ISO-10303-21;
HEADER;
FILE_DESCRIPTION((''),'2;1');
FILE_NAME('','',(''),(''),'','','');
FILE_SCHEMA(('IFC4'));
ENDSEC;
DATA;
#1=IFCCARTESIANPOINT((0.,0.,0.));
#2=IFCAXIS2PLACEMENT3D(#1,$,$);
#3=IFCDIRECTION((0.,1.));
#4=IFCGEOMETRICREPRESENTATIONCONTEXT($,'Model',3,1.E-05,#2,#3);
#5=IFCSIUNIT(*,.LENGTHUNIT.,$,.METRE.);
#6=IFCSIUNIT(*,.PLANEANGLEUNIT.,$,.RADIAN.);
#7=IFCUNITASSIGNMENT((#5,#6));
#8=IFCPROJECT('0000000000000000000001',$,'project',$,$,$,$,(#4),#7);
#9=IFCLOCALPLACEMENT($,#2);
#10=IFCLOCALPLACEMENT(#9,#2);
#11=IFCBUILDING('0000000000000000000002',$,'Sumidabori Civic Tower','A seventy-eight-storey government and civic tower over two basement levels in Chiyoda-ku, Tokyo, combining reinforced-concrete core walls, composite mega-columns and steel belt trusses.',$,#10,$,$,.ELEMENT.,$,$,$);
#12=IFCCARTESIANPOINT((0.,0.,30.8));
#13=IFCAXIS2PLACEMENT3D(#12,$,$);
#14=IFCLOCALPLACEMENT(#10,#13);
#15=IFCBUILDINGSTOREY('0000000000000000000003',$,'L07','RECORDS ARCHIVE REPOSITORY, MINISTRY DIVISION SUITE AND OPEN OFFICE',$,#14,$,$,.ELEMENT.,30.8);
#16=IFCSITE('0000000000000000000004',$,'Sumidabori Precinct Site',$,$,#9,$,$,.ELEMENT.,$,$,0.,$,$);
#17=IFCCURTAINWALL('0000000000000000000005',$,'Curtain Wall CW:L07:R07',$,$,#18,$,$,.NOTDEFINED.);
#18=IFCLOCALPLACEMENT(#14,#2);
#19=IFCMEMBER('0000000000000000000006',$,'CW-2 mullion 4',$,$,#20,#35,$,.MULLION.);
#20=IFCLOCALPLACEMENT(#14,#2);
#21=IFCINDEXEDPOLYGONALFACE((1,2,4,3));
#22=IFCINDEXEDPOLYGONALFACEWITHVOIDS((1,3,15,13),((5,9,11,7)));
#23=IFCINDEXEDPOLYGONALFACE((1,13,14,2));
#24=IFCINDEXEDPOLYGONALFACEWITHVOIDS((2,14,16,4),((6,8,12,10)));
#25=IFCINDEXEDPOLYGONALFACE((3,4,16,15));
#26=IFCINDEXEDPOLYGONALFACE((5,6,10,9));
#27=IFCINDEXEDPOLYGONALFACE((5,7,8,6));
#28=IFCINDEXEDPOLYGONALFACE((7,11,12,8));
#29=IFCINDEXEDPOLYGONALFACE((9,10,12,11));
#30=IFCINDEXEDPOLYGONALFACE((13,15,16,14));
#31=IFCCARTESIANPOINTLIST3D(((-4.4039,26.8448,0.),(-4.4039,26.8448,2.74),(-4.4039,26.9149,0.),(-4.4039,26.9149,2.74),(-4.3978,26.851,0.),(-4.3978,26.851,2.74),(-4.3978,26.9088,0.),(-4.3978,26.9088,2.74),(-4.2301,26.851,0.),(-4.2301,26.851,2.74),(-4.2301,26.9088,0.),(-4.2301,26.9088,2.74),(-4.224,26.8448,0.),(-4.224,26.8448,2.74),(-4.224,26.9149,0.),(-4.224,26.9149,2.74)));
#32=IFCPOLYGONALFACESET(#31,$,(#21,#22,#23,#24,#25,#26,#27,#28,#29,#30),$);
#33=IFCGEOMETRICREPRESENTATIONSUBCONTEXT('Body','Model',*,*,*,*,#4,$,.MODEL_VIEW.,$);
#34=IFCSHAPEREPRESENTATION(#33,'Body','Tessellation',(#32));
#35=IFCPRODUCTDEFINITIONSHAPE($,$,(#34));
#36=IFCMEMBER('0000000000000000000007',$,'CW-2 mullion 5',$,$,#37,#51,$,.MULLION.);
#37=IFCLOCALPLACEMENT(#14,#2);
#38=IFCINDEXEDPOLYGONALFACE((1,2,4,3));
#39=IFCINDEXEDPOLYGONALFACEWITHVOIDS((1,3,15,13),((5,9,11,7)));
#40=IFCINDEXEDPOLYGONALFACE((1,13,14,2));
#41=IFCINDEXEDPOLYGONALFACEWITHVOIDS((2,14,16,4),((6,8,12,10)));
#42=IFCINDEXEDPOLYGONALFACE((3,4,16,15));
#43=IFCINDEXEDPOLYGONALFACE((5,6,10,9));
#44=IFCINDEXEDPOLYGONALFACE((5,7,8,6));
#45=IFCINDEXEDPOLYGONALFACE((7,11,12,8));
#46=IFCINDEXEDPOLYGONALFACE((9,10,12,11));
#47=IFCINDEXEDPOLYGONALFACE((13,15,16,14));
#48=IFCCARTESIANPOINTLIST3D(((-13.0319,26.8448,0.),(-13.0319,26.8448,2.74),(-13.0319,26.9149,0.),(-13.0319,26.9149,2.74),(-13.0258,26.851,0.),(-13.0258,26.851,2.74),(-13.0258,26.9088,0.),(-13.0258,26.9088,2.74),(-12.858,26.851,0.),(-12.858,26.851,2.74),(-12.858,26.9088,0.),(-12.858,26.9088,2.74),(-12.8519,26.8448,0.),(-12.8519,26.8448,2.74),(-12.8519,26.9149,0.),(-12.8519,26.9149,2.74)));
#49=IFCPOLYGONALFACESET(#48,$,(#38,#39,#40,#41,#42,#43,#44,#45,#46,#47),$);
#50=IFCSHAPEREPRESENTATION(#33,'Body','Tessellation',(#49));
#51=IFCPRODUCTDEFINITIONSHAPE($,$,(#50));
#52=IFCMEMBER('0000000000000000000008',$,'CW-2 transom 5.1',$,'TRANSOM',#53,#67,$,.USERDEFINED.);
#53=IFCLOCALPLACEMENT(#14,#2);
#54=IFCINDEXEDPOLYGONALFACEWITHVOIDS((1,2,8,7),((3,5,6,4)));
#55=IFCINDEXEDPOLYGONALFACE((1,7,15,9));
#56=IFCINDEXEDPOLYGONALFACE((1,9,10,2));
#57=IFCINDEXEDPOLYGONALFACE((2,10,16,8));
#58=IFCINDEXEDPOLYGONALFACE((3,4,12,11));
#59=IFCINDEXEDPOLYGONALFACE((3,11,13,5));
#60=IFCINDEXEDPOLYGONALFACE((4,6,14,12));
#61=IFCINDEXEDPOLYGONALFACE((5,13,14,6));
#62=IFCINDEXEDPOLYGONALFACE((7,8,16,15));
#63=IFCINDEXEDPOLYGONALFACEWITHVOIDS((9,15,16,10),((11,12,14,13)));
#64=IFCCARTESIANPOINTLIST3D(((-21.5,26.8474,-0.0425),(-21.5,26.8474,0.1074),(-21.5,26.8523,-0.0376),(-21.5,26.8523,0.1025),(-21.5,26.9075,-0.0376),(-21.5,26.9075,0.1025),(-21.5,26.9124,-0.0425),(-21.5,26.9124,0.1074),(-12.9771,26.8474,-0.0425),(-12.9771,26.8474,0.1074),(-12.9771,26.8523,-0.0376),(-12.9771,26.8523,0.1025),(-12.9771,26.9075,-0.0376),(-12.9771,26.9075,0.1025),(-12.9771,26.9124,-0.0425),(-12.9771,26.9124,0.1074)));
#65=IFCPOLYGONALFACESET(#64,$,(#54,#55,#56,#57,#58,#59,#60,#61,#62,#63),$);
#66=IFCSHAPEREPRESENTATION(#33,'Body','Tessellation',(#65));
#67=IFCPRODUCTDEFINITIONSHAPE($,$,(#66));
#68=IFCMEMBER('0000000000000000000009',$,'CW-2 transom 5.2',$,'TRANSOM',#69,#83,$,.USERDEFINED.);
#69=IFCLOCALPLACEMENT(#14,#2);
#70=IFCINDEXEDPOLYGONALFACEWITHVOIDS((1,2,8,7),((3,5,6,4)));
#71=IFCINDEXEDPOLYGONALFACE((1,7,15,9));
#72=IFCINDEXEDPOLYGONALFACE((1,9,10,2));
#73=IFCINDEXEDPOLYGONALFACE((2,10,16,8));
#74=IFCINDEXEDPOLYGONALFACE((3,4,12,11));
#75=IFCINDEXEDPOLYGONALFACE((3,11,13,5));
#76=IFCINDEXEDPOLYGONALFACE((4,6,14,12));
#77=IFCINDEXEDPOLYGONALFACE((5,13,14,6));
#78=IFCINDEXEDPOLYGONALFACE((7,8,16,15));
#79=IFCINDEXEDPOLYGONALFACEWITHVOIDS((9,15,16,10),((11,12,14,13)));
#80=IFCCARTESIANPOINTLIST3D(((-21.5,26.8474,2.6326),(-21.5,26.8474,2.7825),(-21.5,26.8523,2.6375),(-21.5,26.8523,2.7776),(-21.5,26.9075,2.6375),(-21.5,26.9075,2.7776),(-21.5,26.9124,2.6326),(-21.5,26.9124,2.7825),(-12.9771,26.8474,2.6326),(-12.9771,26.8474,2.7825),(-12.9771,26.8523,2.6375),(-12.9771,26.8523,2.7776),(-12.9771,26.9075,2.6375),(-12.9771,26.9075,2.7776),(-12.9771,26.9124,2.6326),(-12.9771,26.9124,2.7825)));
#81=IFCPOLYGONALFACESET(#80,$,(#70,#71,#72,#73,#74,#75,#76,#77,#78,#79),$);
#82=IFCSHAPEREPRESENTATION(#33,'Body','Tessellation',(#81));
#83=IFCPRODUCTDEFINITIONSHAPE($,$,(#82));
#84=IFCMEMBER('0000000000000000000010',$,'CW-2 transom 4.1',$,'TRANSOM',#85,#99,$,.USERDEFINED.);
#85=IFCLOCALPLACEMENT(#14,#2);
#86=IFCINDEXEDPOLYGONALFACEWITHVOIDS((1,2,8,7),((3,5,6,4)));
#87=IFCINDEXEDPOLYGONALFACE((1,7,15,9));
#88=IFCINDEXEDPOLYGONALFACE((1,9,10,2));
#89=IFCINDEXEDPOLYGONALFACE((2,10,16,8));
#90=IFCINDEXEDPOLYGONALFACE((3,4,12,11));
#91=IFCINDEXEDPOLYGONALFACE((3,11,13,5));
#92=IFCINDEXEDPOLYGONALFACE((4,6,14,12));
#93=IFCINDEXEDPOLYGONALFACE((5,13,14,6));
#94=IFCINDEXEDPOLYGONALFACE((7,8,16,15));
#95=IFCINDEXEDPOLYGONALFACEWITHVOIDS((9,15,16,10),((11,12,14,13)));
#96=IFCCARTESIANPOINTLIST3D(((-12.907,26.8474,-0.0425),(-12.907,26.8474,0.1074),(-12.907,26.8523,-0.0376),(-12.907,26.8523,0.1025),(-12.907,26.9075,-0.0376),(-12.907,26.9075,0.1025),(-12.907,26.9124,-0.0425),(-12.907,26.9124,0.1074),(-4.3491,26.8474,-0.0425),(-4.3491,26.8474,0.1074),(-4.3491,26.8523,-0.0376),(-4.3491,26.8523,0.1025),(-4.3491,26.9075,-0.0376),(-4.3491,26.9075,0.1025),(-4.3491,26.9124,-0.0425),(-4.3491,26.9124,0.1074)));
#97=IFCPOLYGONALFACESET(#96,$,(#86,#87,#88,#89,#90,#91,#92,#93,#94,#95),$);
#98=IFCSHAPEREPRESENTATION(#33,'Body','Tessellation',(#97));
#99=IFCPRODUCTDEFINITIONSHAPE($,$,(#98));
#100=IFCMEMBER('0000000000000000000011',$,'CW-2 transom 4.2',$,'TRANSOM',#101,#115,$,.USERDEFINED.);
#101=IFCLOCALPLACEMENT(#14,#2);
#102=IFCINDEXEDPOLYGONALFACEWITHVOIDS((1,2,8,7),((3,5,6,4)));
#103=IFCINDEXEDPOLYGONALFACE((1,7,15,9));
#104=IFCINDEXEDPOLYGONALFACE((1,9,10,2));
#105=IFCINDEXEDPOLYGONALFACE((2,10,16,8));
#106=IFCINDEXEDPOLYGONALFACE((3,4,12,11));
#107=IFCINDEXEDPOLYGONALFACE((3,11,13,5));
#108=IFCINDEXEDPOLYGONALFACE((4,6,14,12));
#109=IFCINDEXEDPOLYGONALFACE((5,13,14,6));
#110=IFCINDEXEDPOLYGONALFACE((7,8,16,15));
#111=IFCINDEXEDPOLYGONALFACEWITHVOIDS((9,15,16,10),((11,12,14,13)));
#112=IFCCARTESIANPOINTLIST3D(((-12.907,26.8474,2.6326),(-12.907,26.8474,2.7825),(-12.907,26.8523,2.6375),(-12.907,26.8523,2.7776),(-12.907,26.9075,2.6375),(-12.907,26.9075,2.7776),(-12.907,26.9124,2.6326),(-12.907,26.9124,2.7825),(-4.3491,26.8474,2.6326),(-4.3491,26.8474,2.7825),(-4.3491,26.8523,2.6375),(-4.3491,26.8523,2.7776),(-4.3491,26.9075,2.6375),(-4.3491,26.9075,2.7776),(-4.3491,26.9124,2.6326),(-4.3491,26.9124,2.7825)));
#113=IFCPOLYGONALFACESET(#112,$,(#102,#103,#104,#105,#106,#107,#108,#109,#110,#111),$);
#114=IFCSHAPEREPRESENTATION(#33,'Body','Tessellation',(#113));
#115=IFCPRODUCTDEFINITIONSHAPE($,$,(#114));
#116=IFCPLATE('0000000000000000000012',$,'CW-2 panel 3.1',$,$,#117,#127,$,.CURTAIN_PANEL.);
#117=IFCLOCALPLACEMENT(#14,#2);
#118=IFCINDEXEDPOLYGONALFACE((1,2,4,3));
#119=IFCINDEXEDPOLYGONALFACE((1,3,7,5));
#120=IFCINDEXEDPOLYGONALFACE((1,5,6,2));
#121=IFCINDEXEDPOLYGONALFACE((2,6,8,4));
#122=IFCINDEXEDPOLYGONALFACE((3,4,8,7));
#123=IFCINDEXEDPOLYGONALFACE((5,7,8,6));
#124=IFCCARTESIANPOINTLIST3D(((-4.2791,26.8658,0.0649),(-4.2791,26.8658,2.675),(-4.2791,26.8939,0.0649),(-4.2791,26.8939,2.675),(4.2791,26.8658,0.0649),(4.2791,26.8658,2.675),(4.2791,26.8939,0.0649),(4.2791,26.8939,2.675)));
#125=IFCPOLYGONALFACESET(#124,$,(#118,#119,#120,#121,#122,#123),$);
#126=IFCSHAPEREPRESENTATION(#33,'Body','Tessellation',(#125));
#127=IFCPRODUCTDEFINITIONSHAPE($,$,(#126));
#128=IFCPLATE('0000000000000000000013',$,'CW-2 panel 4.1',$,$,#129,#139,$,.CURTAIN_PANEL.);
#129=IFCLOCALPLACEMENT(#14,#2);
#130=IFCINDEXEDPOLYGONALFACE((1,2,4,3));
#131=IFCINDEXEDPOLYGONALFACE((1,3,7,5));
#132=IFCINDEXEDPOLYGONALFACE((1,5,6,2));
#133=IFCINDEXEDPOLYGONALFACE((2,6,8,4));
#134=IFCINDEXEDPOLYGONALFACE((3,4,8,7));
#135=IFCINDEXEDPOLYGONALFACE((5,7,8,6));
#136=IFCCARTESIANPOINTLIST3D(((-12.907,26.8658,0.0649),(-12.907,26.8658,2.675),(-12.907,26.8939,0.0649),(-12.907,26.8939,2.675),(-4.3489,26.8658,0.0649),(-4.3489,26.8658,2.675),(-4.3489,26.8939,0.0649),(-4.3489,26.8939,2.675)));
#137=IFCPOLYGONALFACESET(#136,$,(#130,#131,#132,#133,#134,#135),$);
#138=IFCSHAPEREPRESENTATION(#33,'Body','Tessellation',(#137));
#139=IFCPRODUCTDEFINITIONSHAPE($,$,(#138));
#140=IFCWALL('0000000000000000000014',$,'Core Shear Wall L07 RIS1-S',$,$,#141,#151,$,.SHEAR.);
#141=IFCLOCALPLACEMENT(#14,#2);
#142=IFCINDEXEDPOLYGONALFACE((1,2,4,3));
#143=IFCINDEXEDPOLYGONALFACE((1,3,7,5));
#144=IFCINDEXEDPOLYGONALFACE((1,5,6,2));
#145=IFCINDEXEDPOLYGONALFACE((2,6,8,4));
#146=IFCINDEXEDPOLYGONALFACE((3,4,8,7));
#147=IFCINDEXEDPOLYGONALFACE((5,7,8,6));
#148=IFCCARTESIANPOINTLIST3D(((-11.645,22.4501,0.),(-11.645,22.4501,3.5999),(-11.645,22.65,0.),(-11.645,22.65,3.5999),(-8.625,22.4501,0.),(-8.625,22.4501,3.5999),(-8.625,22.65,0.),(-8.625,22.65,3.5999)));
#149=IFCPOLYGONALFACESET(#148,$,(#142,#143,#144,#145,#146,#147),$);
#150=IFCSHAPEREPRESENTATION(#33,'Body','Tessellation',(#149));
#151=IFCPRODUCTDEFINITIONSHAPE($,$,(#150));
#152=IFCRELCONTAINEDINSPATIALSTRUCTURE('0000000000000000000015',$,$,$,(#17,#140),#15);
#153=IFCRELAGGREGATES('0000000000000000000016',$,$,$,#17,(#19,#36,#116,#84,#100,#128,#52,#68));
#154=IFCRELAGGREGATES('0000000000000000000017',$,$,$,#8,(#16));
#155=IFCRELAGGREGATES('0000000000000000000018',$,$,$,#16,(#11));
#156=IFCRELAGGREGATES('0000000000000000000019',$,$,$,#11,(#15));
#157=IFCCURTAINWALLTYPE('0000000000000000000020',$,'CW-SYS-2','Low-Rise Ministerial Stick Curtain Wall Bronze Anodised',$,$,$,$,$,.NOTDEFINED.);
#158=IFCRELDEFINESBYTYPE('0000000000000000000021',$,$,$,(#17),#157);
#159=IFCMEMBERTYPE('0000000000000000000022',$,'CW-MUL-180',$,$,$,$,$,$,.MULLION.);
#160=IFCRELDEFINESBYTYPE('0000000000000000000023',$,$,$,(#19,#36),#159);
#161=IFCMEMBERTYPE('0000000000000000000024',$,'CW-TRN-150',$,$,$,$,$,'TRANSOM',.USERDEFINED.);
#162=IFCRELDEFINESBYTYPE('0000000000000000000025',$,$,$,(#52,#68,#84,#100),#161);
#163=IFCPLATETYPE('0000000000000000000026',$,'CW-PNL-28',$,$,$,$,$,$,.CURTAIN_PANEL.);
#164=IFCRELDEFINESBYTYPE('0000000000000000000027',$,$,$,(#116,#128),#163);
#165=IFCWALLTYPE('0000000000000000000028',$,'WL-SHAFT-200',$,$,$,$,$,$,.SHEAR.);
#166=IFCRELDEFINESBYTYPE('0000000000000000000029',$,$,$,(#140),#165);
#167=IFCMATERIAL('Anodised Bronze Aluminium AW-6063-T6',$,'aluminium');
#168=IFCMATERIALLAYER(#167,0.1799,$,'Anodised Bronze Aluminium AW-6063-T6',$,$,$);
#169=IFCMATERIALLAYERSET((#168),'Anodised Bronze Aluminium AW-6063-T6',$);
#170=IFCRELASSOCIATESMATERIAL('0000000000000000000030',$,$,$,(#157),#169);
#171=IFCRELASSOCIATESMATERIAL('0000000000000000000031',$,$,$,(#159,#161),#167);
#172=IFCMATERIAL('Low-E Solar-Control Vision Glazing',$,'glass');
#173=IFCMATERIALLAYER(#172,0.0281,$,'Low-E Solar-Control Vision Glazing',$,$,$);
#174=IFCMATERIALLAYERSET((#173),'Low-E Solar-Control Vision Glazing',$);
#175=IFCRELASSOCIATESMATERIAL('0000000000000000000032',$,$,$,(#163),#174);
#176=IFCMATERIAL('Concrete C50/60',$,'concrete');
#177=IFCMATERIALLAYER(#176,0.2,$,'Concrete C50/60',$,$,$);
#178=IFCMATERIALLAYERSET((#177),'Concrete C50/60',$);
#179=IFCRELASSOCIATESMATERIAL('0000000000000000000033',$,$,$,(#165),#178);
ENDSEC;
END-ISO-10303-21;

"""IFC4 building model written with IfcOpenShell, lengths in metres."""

from ifc_helpers import new_model, si_unit, direction, frame, frame_2d, origin, origin_2d, place, context, subcontext, project, spatial, rectangle, hollow_rectangle, extrude, source, transform, mapped, material, layer, layer_set, material_profile, profile_set, type_object, element, aggregate, save


model = new_model("IFC4")

# Units and contexts
model_context = context("Model", 3, precision=1e-05, world=origin(), true_north=direction((0.0, 1.0)))
body_context = subcontext(model_context, "Body", "Model", "MODEL_VIEW")
ifc_project = project(units=[si_unit("LENGTHUNIT", "METRE"), si_unit("PLANEANGLEUNIT", "RADIAN")], contexts=[model_context])

# Site, building, storey
site_placement = place(None, origin())
site = spatial("IfcSite", under=ifc_project, at=site_placement, Name="Sumidabori Precinct Site", CompositionType="ELEMENT", RefElevation=0.0)
building_placement = place(site_placement, origin())
building = spatial("IfcBuilding", under=site, at=building_placement, Name="Sumidabori Civic Tower", Description="A seventy-eight-storey government and civic tower over two basement levels in Chiyoda-ku, Tokyo, combining reinforced-concrete core walls, composite mega-columns and steel belt trusses.", CompositionType="ELEMENT")
storey_placement = place(building_placement, frame((0.0, 0.0, 30.8)))
storey = spatial("IfcBuildingStorey", under=building, at=storey_placement, Name="L07", Description="RECORDS ARCHIVE REPOSITORY, MINISTRY DIVISION SUITE AND OPEN OFFICE", CompositionType="ELEMENT", Elevation=30.8)

# Curtain wall, members, plates
ifc_material_1 = material(Name="Anodised Bronze Aluminium AW-6063-T6", Category="aluminium")
ifc_layer_1 = layer(ifc_material_1, 0.1799, Name="Anodised Bronze Aluminium AW-6063-T6")
ifc_layer_set_1 = layer_set([ifc_layer_1], Name="Anodised Bronze Aluminium AW-6063-T6")
curtain_wall_type = type_object("IfcCurtainWallType", Name="CW-SYS-2", Description="Low-Rise Ministerial Stick Curtain Wall Bronze Anodised", PredefinedType="NOTDEFINED", material=ifc_layer_set_1)
curtain_wall_placement = place(storey_placement, origin())
curtain_wall = element("IfcCurtainWall", 1, at=curtain_wall_placement, inside=storey, type_object=curtain_wall_type, Name="Curtain Wall CW:L07:R07", PredefinedType="NOTDEFINED")
ifc_material_profile_1 = material_profile(ifc_material_1, hollow_rectangle(XDim=0.0701, YDim=0.1799, WallThickness=0.0061, at=origin_2d()), Name="ALU MULLION 180x70")
ifc_profile_set_1 = profile_set([ifc_material_profile_1], Name="Anodised Bronze Aluminium AW-6063-T6")
member_type_1 = type_object("IfcMemberType", Name="CW-MUL-180", PredefinedType="MULLION", material=ifc_profile_set_1)
shared_shape_1 = source(origin(), body_context, "Body", "SweptSolid", [
    extrude(hollow_rectangle(XDim=0.0701, YDim=0.1799, WallThickness=0.0061, at=origin_2d()), origin(), (0.0, 0.0, 1.0), 2.74),
])
member_1_placement = place(storey_placement, frame((-4.314, 26.8799, 0.0), z_axis=(0.0, 0.0, 1.0), x_axis=(0.0, -1.0, 0.0)))
member_1 = element("IfcMember", 2, at=member_1_placement, type_object=member_type_1, Name="CW-2 mullion 4", PredefinedType="MULLION", context=body_context, shape_type="MappedRepresentation", body=[
    mapped(shared_shape_1, transform((0.0, 0.0, 0.0), x_axis=(1.0, 0.0, 0.0), y_axis=(0.0, 1.0, 0.0), z_axis=(0.0, 0.0, 1.0), scale=1.0)),
])
member_2_placement = place(storey_placement, frame((-12.9419, 26.8799, 0.0), z_axis=(0.0, 0.0, 1.0), x_axis=(0.0, -1.0, 0.0)))
member_2 = element("IfcMember", 3, at=member_2_placement, type_object=member_type_1, Name="CW-2 mullion 5", PredefinedType="MULLION", context=body_context, shape_type="MappedRepresentation", body=[
    mapped(shared_shape_1, transform((0.0, 0.0, 0.0), x_axis=(1.0, 0.0, 0.0), y_axis=(0.0, 1.0, 0.0), z_axis=(0.0, 0.0, 1.0), scale=1.0)),
])
ifc_material_profile_2 = material_profile(ifc_material_1, hollow_rectangle(XDim=0.0649, YDim=0.1499, WallThickness=0.0049, at=origin_2d()), Name="ALU TRANSOM 150x65")
ifc_profile_set_2 = profile_set([ifc_material_profile_2], Name="Anodised Bronze Aluminium AW-6063-T6")
member_type_2 = type_object("IfcMemberType", Name="CW-TRN-150", ElementType="TRANSOM", PredefinedType="USERDEFINED", material=ifc_profile_set_2)
shared_shape_2 = source(origin(), body_context, "Body", "SweptSolid", [
    extrude(hollow_rectangle(XDim=0.0649, YDim=0.1499, WallThickness=0.0049, at=origin_2d()), origin(), (0.0, 0.0, 1.0), 8.5229),
])
member_3_placement = place(storey_placement, frame((-12.9771, 26.8799, 0.0325), z_axis=(-1.0, 0.0, 0.0), x_axis=(0.0, -1.0, 0.0)))
member_3 = element("IfcMember", 4, at=member_3_placement, type_object=member_type_2, Name="CW-2 transom 5.1", ObjectType="TRANSOM", PredefinedType="USERDEFINED", context=body_context, shape_type="MappedRepresentation", body=[
    mapped(shared_shape_2, transform((0.0, 0.0, 0.0), x_axis=(1.0, 0.0, 0.0), y_axis=(0.0, 1.0, 0.0), z_axis=(0.0, 0.0, 1.0), scale=1.0)),
])
member_4_placement = place(storey_placement, frame((-12.9771, 26.8799, 2.7075), z_axis=(-1.0, 0.0, 0.0), x_axis=(0.0, -1.0, 0.0)))
member_4 = element("IfcMember", 5, at=member_4_placement, type_object=member_type_2, Name="CW-2 transom 5.2", ObjectType="TRANSOM", PredefinedType="USERDEFINED", context=body_context, shape_type="MappedRepresentation", body=[
    mapped(shared_shape_2, transform((0.0, 0.0, 0.0), x_axis=(1.0, 0.0, 0.0), y_axis=(0.0, 1.0, 0.0), z_axis=(0.0, 0.0, 1.0), scale=1.0)),
])
shared_shape_3 = source(origin(), body_context, "Body", "SweptSolid", [
    extrude(hollow_rectangle(XDim=0.0649, YDim=0.1499, WallThickness=0.0049, at=origin_2d()), origin(), (0.0, 0.0, 1.0), 8.5579),
])
member_5_placement = place(storey_placement, frame((-4.3491, 26.8799, 0.0325), z_axis=(-1.0, 0.0, 0.0), x_axis=(0.0, -1.0, 0.0)))
member_5 = element("IfcMember", 6, at=member_5_placement, type_object=member_type_2, Name="CW-2 transom 4.1", ObjectType="TRANSOM", PredefinedType="USERDEFINED", context=body_context, shape_type="MappedRepresentation", body=[
    mapped(shared_shape_3, transform((0.0, 0.0, 0.0), x_axis=(1.0, 0.0, 0.0), y_axis=(0.0, 1.0, 0.0), z_axis=(0.0, 0.0, 1.0), scale=1.0)),
])
member_6_placement = place(storey_placement, frame((-4.3491, 26.8799, 2.7075), z_axis=(-1.0, 0.0, 0.0), x_axis=(0.0, -1.0, 0.0)))
member_6 = element("IfcMember", 7, at=member_6_placement, type_object=member_type_2, Name="CW-2 transom 4.2", ObjectType="TRANSOM", PredefinedType="USERDEFINED", context=body_context, shape_type="MappedRepresentation", body=[
    mapped(shared_shape_3, transform((0.0, 0.0, 0.0), x_axis=(1.0, 0.0, 0.0), y_axis=(0.0, 1.0, 0.0), z_axis=(0.0, 0.0, 1.0), scale=1.0)),
])
ifc_material_2 = material(Name="Low-E Solar-Control Vision Glazing", Category="glass")
ifc_layer_2 = layer(ifc_material_2, 0.0281, Name="Low-E Solar-Control Vision Glazing")
ifc_layer_set_2 = layer_set([ifc_layer_2], Name="Low-E Solar-Control Vision Glazing")
plate_type = type_object("IfcPlateType", Name="CW-PNL-28", PredefinedType="CURTAIN_PANEL", material=ifc_layer_set_2)
shared_shape_4 = source(origin(), body_context, "Body", "SweptSolid", [
    extrude(rectangle(XDim=8.5581, YDim=0.0281, at=origin_2d()), origin(), (0.0, 0.0, 1.0), 2.6101),
])
plate_1_placement = place(storey_placement, frame((0.0, 26.8799, 0.0649), z_axis=(0.0, 0.0, 1.0), x_axis=(-1.0, 0.0, 0.0)))
plate_1 = element("IfcPlate", 8, at=plate_1_placement, type_object=plate_type, Name="CW-2 panel 3.1", PredefinedType="CURTAIN_PANEL", context=body_context, shape_type="MappedRepresentation", body=[
    mapped(shared_shape_4, transform((0.0, 0.0, 0.0), x_axis=(1.0, 0.0, 0.0), y_axis=(0.0, 1.0, 0.0), z_axis=(0.0, 0.0, 1.0), scale=1.0)),
])
plate_2_placement = place(storey_placement, frame((-8.6279, 26.8799, 0.0649), z_axis=(0.0, 0.0, 1.0), x_axis=(-1.0, 0.0, 0.0)))
plate_2 = element("IfcPlate", 9, at=plate_2_placement, type_object=plate_type, Name="CW-2 panel 4.1", PredefinedType="CURTAIN_PANEL", context=body_context, shape_type="MappedRepresentation", body=[
    mapped(shared_shape_4, transform((0.0, 0.0, 0.0), x_axis=(1.0, 0.0, 0.0), y_axis=(0.0, 1.0, 0.0), z_axis=(0.0, 0.0, 1.0), scale=1.0)),
])
aggregate(curtain_wall, [member_1, member_2, plate_1, member_5, member_6, plate_2, member_3, member_4])

# Wall
ifc_material_3 = material(Name="Concrete C50/60", Category="concrete")
ifc_layer_3 = layer(ifc_material_3, 0.2, Name="Concrete C50/60")
ifc_layer_set_3 = layer_set([ifc_layer_3], Name="Concrete C50/60")
wall_type_1 = type_object("IfcWallType", Name="WL-SHAFT-200", PredefinedType="SHEAR", material=ifc_layer_set_3)
shared_shape_5 = source(origin(), body_context, "Body", "SweptSolid", [
    extrude(rectangle(XDim=3.02, YDim=0.2, at=frame_2d((1.51, 0.0))), origin(), (0.0, 0.0, 1.0), 3.5999),
])
wall_1_placement = place(storey_placement, frame((-11.645, 22.55, 0.0), z_axis=(0.0, 0.0, 1.0), x_axis=(1.0, 0.0, 0.0)))
element("IfcWall", 10, at=wall_1_placement, inside=storey, type_object=wall_type_1, Name="Core Shear Wall L07 RIS1-S", PredefinedType="SHEAR", context=body_context, shape_type="MappedRepresentation", body=[
    mapped(shared_shape_5, transform((0.0, 0.0, 0.0), x_axis=(1.0, 0.0, 0.0), y_axis=(0.0, 1.0, 0.0), z_axis=(0.0, 0.0, 1.0), scale=1.0)),
])

save(model, "model.ifc")
